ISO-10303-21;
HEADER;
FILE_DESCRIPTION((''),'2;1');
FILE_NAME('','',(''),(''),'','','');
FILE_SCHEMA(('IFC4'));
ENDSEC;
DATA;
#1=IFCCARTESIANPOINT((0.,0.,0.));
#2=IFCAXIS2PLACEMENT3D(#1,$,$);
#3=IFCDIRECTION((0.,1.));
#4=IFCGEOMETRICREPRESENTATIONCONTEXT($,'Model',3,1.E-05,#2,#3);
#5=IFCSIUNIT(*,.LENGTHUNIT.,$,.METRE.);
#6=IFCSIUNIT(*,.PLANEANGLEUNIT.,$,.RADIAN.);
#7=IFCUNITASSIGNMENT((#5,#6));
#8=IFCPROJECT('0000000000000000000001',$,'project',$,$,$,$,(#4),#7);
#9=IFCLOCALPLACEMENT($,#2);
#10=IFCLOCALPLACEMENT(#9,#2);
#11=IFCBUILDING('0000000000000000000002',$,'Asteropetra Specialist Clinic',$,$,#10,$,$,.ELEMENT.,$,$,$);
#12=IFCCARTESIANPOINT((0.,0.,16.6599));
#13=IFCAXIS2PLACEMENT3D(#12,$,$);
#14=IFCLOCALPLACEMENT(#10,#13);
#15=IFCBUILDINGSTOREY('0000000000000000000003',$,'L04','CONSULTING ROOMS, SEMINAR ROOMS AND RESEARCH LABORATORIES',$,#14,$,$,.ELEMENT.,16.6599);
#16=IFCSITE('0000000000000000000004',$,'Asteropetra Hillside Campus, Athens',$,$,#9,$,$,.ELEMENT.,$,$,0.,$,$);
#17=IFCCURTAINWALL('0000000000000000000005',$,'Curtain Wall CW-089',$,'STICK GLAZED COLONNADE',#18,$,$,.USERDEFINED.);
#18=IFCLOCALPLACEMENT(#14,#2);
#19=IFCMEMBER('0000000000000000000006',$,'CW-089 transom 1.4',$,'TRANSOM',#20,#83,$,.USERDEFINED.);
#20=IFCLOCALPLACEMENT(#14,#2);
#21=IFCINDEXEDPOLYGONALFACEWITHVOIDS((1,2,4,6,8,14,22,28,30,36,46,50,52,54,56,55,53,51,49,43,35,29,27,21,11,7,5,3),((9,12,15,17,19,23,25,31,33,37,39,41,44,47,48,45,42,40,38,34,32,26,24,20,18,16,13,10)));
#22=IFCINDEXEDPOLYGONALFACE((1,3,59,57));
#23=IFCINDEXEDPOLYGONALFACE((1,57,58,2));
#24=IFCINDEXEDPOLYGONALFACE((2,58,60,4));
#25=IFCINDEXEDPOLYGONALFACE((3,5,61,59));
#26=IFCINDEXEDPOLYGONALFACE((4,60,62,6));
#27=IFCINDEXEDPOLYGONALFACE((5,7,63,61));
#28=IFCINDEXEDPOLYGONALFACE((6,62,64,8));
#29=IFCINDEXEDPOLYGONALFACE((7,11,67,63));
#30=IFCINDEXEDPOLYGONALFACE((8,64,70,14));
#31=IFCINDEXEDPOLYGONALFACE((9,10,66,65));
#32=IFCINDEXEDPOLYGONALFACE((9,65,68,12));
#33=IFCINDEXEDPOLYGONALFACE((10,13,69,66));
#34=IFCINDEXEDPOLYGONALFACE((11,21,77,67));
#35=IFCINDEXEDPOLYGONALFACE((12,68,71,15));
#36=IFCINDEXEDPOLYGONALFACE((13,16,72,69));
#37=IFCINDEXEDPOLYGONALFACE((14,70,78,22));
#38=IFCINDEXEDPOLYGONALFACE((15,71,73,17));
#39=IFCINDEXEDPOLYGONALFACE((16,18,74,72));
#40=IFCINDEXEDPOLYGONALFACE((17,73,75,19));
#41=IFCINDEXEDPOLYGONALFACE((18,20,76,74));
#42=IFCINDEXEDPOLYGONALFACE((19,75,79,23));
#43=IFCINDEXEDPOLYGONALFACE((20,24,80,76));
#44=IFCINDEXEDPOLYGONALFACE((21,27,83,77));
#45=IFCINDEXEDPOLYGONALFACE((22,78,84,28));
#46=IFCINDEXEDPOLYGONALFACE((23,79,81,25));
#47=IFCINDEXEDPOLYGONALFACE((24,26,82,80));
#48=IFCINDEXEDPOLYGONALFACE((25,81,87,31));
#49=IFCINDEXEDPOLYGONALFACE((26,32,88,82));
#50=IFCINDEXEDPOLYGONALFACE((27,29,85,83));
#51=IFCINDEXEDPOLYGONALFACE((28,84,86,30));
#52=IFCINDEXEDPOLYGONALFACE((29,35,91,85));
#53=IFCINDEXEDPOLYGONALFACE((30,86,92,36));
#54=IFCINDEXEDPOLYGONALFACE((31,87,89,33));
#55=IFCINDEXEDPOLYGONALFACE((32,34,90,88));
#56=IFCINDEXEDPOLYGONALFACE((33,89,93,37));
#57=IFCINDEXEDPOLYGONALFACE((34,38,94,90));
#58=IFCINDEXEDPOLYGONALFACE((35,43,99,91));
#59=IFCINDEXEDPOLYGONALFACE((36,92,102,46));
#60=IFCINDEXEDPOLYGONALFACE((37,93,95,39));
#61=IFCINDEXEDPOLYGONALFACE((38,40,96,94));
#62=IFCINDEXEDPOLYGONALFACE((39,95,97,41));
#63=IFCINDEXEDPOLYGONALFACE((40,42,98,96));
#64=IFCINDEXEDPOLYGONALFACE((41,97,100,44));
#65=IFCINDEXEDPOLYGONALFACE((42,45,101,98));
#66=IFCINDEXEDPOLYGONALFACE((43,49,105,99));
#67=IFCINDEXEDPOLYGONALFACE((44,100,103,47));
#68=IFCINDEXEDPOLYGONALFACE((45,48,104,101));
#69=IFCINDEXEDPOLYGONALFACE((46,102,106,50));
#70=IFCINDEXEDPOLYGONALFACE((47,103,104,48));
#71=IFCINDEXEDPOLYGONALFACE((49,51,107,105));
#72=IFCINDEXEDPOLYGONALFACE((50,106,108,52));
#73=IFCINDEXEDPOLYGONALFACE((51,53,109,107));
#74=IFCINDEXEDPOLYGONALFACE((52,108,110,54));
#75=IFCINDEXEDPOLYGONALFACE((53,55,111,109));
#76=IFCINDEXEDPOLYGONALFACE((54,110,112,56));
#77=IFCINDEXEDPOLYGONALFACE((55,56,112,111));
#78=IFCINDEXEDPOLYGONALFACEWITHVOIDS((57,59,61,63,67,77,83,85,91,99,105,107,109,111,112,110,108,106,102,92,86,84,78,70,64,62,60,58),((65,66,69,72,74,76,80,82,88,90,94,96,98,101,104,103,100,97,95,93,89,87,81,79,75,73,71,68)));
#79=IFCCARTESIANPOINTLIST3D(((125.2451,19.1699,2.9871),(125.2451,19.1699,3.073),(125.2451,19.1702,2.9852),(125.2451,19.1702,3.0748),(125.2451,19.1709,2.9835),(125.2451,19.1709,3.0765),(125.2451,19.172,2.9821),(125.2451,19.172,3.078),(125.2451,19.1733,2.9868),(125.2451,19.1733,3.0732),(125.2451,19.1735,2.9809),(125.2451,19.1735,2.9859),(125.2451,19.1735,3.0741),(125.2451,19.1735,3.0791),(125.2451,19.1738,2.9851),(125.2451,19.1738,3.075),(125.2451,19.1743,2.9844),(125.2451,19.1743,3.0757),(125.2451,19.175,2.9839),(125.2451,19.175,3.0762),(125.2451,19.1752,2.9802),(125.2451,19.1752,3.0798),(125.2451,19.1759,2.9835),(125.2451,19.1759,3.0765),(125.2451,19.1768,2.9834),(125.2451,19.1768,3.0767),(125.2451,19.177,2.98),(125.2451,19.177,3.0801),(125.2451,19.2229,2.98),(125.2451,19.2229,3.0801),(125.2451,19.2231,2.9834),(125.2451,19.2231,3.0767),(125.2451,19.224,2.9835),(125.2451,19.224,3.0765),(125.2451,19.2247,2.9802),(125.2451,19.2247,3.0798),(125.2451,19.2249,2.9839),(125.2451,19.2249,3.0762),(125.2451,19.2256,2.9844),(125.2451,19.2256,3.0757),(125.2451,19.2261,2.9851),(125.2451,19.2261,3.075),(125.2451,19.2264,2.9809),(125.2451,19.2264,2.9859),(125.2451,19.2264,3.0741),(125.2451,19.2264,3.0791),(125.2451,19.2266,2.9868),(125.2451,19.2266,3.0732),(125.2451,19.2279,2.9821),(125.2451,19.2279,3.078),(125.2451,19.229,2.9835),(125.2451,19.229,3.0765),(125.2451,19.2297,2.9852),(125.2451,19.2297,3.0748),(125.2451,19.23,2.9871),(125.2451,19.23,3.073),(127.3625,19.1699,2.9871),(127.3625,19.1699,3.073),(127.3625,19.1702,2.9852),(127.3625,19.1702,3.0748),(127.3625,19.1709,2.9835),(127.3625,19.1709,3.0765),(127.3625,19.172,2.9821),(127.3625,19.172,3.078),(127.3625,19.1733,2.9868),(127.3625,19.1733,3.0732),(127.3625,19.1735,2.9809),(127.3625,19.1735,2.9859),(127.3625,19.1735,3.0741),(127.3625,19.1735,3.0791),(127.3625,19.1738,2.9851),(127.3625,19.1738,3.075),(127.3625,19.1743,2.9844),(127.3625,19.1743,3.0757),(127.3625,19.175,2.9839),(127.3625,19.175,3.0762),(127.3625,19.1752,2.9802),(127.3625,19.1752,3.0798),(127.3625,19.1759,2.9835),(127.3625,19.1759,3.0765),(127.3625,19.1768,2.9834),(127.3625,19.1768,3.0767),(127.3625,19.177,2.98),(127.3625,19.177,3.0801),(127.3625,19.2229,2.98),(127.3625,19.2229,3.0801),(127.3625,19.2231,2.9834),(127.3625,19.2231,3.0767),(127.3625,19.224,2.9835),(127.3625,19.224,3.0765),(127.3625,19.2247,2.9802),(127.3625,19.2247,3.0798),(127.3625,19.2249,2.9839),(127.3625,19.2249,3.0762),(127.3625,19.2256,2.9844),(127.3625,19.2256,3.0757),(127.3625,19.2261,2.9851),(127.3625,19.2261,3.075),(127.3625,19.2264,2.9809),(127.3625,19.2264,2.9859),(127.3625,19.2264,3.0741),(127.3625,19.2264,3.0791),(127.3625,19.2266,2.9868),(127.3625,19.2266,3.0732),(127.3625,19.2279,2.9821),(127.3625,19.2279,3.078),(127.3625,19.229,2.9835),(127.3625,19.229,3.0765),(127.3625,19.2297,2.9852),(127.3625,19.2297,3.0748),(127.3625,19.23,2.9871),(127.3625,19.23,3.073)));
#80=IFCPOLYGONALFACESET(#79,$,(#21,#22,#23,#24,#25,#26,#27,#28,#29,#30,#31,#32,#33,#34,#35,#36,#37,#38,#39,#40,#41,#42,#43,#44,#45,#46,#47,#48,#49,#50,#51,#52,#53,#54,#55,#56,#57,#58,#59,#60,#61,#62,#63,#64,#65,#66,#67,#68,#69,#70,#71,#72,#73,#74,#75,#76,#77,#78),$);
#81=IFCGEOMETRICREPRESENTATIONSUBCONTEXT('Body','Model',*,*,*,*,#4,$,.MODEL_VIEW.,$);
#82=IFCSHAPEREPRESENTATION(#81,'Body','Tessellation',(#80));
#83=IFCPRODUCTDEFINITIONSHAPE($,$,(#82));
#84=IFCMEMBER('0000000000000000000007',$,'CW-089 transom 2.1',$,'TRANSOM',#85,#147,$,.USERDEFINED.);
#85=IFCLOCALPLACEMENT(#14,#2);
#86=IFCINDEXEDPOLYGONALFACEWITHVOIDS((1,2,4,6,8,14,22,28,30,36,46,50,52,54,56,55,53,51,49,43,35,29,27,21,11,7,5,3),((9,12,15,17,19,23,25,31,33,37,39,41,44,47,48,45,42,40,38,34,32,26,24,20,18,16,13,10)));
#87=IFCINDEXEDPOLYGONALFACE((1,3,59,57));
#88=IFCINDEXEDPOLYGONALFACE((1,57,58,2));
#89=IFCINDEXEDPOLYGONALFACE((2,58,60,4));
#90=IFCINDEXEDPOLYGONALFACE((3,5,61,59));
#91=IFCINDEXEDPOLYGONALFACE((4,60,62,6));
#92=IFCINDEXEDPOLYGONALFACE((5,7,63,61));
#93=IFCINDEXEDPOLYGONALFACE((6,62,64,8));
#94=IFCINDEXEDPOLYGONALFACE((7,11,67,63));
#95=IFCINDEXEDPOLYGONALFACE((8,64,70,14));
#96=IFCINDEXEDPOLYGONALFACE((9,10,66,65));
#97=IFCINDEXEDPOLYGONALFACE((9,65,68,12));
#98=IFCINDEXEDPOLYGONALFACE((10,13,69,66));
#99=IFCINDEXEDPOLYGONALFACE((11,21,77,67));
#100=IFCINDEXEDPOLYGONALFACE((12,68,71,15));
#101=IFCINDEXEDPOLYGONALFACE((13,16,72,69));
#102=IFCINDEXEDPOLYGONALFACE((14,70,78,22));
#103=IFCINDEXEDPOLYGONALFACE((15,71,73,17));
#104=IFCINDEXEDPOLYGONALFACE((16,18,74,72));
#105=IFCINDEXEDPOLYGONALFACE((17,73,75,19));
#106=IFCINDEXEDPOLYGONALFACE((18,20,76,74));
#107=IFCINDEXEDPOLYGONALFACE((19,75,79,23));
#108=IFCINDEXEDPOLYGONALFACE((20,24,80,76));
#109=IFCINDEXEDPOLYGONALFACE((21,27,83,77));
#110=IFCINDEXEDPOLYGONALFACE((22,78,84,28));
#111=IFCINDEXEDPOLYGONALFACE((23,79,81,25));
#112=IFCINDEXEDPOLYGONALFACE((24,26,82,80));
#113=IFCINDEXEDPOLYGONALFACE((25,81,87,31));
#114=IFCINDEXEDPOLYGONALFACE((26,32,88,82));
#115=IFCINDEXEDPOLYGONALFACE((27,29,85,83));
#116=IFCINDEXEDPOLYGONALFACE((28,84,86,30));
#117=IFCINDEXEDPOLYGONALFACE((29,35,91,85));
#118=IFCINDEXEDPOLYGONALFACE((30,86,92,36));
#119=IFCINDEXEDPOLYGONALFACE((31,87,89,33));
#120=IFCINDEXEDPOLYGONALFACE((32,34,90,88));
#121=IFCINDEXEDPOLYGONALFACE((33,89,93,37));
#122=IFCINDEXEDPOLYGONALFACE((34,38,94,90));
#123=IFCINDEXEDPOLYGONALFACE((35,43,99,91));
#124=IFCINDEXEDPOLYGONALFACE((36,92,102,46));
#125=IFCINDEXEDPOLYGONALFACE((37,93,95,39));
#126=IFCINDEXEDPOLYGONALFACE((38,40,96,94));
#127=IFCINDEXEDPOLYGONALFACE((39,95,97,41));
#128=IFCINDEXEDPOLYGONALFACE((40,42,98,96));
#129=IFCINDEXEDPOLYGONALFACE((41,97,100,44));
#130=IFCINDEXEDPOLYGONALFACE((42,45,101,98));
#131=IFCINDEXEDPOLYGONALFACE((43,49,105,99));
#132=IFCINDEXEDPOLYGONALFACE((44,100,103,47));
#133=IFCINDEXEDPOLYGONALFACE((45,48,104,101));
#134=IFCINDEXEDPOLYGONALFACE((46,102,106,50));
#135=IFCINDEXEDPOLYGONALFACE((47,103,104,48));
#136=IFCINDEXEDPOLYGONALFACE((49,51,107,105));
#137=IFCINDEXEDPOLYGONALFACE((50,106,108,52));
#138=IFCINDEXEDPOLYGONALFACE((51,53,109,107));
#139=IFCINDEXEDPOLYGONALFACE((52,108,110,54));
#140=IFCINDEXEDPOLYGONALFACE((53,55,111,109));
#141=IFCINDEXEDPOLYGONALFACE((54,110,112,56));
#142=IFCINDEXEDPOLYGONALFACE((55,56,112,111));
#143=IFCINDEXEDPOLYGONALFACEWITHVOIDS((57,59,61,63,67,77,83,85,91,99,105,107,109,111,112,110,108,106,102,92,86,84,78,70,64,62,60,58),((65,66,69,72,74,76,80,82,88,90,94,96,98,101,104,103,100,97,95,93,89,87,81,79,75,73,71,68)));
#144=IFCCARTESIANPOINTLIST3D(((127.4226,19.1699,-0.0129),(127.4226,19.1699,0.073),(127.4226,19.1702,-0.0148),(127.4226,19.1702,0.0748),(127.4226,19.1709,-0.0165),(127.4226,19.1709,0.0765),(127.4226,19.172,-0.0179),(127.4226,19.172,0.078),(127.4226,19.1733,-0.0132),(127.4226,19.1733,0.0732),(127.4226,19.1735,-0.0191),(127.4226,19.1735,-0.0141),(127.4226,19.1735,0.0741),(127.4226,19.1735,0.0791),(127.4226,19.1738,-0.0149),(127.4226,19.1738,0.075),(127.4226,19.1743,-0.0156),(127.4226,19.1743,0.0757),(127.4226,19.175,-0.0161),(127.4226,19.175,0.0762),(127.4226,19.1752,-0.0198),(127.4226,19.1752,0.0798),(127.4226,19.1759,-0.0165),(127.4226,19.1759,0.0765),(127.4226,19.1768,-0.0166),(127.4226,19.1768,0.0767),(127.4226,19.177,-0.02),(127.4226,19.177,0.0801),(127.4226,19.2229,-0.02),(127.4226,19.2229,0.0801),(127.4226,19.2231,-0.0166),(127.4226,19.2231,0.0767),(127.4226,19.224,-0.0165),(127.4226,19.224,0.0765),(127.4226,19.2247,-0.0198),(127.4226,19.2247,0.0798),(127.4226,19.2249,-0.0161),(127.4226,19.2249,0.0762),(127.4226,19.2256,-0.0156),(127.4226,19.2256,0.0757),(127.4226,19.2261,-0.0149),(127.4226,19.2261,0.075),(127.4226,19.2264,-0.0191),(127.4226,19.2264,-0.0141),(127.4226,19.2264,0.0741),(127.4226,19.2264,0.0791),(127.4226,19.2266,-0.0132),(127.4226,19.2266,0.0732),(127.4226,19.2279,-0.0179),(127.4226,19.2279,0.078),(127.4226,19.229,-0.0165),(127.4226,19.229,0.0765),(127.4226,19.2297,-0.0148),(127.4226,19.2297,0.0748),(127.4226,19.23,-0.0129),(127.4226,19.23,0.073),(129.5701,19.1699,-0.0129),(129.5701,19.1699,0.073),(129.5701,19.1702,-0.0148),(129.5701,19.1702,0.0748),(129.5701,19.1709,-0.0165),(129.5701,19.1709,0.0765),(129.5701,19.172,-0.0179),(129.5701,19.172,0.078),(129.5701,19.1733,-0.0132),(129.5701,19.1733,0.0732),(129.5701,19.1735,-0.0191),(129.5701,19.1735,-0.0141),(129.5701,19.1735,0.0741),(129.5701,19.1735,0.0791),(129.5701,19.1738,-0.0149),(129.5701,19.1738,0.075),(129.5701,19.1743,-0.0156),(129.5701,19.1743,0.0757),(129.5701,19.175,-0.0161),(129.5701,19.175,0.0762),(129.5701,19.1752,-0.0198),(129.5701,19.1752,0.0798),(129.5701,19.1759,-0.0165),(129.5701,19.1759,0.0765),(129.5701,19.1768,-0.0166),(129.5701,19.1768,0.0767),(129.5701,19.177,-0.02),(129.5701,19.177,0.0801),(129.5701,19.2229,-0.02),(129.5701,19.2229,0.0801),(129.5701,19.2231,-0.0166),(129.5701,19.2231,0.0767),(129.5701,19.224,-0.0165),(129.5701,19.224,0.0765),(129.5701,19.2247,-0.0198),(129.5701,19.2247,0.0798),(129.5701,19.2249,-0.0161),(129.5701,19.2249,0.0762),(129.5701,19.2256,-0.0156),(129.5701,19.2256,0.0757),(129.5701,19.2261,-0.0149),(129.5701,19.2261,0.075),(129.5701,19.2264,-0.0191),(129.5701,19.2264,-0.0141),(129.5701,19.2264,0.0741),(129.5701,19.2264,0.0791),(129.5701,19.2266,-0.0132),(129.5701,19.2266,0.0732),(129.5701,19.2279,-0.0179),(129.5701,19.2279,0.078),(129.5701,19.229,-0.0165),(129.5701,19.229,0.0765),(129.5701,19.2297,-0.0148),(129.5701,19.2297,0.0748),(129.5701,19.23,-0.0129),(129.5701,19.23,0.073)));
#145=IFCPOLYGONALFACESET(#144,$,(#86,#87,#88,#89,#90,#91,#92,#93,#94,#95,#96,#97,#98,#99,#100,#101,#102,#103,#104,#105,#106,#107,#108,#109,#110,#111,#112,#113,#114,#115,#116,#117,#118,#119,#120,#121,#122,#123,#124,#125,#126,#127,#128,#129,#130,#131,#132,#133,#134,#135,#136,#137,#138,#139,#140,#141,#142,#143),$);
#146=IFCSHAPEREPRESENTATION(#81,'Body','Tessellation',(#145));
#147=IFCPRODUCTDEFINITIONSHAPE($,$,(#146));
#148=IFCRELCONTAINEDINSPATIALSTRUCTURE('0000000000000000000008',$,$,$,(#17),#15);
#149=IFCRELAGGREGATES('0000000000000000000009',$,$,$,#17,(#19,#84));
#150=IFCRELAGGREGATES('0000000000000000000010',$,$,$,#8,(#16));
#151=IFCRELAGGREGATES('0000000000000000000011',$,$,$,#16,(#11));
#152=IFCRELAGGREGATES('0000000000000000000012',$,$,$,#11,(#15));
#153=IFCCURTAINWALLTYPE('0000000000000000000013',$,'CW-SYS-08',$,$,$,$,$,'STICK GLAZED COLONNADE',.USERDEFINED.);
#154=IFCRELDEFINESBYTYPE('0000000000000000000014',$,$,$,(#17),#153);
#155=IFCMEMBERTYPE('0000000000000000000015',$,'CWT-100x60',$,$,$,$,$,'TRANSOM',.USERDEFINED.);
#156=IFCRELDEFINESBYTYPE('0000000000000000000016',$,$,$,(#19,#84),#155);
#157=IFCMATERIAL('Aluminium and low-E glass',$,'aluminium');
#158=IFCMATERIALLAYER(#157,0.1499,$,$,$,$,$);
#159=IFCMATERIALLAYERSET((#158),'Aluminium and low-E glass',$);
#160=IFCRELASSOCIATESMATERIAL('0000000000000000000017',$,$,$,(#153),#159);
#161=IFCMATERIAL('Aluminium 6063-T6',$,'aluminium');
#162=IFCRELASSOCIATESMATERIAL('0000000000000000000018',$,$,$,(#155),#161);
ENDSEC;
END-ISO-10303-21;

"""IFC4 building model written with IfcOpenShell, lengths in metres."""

from ifc_helpers import new_model, si_unit, direction, frame, origin, origin_2d, place, context, subcontext, project, spatial, hollow_rectangle, extrude, material, layer, layer_set, material_profile, profile_set, type_object, element, aggregate, save


model = new_model("IFC4")

# Units and contexts
model_context = context("Model", 3, precision=1e-05, world=origin(), true_north=direction((0.0, 1.0)))
body_context = subcontext(model_context, "Body", "Model", "MODEL_VIEW")
ifc_project = project(units=[si_unit("LENGTHUNIT", "METRE"), si_unit("PLANEANGLEUNIT", "RADIAN")], contexts=[model_context])

# Site, building, storey
site_placement = place(None, origin())
site = spatial("IfcSite", under=ifc_project, at=site_placement, Name="Asteropetra Hillside Campus, Athens", CompositionType="ELEMENT", RefElevation=0.0)
building_placement = place(site_placement, origin())
building = spatial("IfcBuilding", under=site, at=building_placement, Name="Asteropetra Specialist Clinic", CompositionType="ELEMENT")
storey_placement = place(building_placement, frame((0.0, 0.0, 16.6599)))
storey = spatial("IfcBuildingStorey", under=building, at=storey_placement, Name="L04", Description="CONSULTING ROOMS, SEMINAR ROOMS AND RESEARCH LABORATORIES", CompositionType="ELEMENT", Elevation=16.6599)

# Curtain wall, members
ifc_material_1 = material(Name="Aluminium and low-E glass", Category="aluminium")
ifc_layer_1 = layer(ifc_material_1, 0.1499)
ifc_layer_set_1 = layer_set([ifc_layer_1], Name="Aluminium and low-E glass")
curtain_wall_type = type_object("IfcCurtainWallType", Name="CW-SYS-08", ElementType="STICK GLAZED COLONNADE", PredefinedType="USERDEFINED", material=ifc_layer_set_1)
curtain_wall_placement = place(storey_placement, origin())
curtain_wall = element("IfcCurtainWall", 1, at=curtain_wall_placement, inside=storey, type_object=curtain_wall_type, Name="Curtain Wall CW-089", ObjectType="STICK GLAZED COLONNADE", PredefinedType="USERDEFINED")
ifc_material_2 = material(Name="Aluminium 6063-T6", Category="aluminium")
ifc_material_profile_1 = material_profile(ifc_material_2, hollow_rectangle(XDim=0.0601, YDim=0.1001, WallThickness=0.0034, InnerFilletRadius=0.0034, OuterFilletRadius=0.0071, at=origin_2d()), Name="TRN 100x60x3.5")
ifc_profile_set_1 = profile_set([ifc_material_profile_1], Name="Aluminium 6063-T6")
member_type_1 = type_object("IfcMemberType", Name="CWT-100x60", ElementType="TRANSOM", PredefinedType="USERDEFINED", material=ifc_profile_set_1)
member_1_placement = place(storey_placement, frame((125.2451, 19.2, 3.03), z_axis=(1.0, 0.0, 0.0), x_axis=(0.0, 1.0, 0.0)))
member_1 = element("IfcMember", 2, at=member_1_placement, type_object=member_type_1, Name="CW-089 transom 1.4", ObjectType="TRANSOM", PredefinedType="USERDEFINED", context=body_context, shape_type="SweptSolid", body=[
    extrude(hollow_rectangle(XDim=0.0601, YDim=0.1001, WallThickness=0.0034, InnerFilletRadius=0.0034, OuterFilletRadius=0.0071, at=origin_2d()), origin(), (0.0, 0.0, 1.0), 2.1174),
])
member_2_placement = place(storey_placement, frame((127.4226, 19.2, 0.03), z_axis=(1.0, 0.0, 0.0), x_axis=(0.0, 1.0, 0.0)))
member_2 = element("IfcMember", 3, at=member_2_placement, type_object=member_type_1, Name="CW-089 transom 2.1", ObjectType="TRANSOM", PredefinedType="USERDEFINED", context=body_context, shape_type="SweptSolid", body=[
    extrude(hollow_rectangle(XDim=0.0601, YDim=0.1001, WallThickness=0.0034, InnerFilletRadius=0.0034, OuterFilletRadius=0.0071, at=origin_2d()), origin(), (0.0, 0.0, 1.0), 2.1475),
])
aggregate(curtain_wall, [member_1, member_2])

save(model, "model.ifc")
